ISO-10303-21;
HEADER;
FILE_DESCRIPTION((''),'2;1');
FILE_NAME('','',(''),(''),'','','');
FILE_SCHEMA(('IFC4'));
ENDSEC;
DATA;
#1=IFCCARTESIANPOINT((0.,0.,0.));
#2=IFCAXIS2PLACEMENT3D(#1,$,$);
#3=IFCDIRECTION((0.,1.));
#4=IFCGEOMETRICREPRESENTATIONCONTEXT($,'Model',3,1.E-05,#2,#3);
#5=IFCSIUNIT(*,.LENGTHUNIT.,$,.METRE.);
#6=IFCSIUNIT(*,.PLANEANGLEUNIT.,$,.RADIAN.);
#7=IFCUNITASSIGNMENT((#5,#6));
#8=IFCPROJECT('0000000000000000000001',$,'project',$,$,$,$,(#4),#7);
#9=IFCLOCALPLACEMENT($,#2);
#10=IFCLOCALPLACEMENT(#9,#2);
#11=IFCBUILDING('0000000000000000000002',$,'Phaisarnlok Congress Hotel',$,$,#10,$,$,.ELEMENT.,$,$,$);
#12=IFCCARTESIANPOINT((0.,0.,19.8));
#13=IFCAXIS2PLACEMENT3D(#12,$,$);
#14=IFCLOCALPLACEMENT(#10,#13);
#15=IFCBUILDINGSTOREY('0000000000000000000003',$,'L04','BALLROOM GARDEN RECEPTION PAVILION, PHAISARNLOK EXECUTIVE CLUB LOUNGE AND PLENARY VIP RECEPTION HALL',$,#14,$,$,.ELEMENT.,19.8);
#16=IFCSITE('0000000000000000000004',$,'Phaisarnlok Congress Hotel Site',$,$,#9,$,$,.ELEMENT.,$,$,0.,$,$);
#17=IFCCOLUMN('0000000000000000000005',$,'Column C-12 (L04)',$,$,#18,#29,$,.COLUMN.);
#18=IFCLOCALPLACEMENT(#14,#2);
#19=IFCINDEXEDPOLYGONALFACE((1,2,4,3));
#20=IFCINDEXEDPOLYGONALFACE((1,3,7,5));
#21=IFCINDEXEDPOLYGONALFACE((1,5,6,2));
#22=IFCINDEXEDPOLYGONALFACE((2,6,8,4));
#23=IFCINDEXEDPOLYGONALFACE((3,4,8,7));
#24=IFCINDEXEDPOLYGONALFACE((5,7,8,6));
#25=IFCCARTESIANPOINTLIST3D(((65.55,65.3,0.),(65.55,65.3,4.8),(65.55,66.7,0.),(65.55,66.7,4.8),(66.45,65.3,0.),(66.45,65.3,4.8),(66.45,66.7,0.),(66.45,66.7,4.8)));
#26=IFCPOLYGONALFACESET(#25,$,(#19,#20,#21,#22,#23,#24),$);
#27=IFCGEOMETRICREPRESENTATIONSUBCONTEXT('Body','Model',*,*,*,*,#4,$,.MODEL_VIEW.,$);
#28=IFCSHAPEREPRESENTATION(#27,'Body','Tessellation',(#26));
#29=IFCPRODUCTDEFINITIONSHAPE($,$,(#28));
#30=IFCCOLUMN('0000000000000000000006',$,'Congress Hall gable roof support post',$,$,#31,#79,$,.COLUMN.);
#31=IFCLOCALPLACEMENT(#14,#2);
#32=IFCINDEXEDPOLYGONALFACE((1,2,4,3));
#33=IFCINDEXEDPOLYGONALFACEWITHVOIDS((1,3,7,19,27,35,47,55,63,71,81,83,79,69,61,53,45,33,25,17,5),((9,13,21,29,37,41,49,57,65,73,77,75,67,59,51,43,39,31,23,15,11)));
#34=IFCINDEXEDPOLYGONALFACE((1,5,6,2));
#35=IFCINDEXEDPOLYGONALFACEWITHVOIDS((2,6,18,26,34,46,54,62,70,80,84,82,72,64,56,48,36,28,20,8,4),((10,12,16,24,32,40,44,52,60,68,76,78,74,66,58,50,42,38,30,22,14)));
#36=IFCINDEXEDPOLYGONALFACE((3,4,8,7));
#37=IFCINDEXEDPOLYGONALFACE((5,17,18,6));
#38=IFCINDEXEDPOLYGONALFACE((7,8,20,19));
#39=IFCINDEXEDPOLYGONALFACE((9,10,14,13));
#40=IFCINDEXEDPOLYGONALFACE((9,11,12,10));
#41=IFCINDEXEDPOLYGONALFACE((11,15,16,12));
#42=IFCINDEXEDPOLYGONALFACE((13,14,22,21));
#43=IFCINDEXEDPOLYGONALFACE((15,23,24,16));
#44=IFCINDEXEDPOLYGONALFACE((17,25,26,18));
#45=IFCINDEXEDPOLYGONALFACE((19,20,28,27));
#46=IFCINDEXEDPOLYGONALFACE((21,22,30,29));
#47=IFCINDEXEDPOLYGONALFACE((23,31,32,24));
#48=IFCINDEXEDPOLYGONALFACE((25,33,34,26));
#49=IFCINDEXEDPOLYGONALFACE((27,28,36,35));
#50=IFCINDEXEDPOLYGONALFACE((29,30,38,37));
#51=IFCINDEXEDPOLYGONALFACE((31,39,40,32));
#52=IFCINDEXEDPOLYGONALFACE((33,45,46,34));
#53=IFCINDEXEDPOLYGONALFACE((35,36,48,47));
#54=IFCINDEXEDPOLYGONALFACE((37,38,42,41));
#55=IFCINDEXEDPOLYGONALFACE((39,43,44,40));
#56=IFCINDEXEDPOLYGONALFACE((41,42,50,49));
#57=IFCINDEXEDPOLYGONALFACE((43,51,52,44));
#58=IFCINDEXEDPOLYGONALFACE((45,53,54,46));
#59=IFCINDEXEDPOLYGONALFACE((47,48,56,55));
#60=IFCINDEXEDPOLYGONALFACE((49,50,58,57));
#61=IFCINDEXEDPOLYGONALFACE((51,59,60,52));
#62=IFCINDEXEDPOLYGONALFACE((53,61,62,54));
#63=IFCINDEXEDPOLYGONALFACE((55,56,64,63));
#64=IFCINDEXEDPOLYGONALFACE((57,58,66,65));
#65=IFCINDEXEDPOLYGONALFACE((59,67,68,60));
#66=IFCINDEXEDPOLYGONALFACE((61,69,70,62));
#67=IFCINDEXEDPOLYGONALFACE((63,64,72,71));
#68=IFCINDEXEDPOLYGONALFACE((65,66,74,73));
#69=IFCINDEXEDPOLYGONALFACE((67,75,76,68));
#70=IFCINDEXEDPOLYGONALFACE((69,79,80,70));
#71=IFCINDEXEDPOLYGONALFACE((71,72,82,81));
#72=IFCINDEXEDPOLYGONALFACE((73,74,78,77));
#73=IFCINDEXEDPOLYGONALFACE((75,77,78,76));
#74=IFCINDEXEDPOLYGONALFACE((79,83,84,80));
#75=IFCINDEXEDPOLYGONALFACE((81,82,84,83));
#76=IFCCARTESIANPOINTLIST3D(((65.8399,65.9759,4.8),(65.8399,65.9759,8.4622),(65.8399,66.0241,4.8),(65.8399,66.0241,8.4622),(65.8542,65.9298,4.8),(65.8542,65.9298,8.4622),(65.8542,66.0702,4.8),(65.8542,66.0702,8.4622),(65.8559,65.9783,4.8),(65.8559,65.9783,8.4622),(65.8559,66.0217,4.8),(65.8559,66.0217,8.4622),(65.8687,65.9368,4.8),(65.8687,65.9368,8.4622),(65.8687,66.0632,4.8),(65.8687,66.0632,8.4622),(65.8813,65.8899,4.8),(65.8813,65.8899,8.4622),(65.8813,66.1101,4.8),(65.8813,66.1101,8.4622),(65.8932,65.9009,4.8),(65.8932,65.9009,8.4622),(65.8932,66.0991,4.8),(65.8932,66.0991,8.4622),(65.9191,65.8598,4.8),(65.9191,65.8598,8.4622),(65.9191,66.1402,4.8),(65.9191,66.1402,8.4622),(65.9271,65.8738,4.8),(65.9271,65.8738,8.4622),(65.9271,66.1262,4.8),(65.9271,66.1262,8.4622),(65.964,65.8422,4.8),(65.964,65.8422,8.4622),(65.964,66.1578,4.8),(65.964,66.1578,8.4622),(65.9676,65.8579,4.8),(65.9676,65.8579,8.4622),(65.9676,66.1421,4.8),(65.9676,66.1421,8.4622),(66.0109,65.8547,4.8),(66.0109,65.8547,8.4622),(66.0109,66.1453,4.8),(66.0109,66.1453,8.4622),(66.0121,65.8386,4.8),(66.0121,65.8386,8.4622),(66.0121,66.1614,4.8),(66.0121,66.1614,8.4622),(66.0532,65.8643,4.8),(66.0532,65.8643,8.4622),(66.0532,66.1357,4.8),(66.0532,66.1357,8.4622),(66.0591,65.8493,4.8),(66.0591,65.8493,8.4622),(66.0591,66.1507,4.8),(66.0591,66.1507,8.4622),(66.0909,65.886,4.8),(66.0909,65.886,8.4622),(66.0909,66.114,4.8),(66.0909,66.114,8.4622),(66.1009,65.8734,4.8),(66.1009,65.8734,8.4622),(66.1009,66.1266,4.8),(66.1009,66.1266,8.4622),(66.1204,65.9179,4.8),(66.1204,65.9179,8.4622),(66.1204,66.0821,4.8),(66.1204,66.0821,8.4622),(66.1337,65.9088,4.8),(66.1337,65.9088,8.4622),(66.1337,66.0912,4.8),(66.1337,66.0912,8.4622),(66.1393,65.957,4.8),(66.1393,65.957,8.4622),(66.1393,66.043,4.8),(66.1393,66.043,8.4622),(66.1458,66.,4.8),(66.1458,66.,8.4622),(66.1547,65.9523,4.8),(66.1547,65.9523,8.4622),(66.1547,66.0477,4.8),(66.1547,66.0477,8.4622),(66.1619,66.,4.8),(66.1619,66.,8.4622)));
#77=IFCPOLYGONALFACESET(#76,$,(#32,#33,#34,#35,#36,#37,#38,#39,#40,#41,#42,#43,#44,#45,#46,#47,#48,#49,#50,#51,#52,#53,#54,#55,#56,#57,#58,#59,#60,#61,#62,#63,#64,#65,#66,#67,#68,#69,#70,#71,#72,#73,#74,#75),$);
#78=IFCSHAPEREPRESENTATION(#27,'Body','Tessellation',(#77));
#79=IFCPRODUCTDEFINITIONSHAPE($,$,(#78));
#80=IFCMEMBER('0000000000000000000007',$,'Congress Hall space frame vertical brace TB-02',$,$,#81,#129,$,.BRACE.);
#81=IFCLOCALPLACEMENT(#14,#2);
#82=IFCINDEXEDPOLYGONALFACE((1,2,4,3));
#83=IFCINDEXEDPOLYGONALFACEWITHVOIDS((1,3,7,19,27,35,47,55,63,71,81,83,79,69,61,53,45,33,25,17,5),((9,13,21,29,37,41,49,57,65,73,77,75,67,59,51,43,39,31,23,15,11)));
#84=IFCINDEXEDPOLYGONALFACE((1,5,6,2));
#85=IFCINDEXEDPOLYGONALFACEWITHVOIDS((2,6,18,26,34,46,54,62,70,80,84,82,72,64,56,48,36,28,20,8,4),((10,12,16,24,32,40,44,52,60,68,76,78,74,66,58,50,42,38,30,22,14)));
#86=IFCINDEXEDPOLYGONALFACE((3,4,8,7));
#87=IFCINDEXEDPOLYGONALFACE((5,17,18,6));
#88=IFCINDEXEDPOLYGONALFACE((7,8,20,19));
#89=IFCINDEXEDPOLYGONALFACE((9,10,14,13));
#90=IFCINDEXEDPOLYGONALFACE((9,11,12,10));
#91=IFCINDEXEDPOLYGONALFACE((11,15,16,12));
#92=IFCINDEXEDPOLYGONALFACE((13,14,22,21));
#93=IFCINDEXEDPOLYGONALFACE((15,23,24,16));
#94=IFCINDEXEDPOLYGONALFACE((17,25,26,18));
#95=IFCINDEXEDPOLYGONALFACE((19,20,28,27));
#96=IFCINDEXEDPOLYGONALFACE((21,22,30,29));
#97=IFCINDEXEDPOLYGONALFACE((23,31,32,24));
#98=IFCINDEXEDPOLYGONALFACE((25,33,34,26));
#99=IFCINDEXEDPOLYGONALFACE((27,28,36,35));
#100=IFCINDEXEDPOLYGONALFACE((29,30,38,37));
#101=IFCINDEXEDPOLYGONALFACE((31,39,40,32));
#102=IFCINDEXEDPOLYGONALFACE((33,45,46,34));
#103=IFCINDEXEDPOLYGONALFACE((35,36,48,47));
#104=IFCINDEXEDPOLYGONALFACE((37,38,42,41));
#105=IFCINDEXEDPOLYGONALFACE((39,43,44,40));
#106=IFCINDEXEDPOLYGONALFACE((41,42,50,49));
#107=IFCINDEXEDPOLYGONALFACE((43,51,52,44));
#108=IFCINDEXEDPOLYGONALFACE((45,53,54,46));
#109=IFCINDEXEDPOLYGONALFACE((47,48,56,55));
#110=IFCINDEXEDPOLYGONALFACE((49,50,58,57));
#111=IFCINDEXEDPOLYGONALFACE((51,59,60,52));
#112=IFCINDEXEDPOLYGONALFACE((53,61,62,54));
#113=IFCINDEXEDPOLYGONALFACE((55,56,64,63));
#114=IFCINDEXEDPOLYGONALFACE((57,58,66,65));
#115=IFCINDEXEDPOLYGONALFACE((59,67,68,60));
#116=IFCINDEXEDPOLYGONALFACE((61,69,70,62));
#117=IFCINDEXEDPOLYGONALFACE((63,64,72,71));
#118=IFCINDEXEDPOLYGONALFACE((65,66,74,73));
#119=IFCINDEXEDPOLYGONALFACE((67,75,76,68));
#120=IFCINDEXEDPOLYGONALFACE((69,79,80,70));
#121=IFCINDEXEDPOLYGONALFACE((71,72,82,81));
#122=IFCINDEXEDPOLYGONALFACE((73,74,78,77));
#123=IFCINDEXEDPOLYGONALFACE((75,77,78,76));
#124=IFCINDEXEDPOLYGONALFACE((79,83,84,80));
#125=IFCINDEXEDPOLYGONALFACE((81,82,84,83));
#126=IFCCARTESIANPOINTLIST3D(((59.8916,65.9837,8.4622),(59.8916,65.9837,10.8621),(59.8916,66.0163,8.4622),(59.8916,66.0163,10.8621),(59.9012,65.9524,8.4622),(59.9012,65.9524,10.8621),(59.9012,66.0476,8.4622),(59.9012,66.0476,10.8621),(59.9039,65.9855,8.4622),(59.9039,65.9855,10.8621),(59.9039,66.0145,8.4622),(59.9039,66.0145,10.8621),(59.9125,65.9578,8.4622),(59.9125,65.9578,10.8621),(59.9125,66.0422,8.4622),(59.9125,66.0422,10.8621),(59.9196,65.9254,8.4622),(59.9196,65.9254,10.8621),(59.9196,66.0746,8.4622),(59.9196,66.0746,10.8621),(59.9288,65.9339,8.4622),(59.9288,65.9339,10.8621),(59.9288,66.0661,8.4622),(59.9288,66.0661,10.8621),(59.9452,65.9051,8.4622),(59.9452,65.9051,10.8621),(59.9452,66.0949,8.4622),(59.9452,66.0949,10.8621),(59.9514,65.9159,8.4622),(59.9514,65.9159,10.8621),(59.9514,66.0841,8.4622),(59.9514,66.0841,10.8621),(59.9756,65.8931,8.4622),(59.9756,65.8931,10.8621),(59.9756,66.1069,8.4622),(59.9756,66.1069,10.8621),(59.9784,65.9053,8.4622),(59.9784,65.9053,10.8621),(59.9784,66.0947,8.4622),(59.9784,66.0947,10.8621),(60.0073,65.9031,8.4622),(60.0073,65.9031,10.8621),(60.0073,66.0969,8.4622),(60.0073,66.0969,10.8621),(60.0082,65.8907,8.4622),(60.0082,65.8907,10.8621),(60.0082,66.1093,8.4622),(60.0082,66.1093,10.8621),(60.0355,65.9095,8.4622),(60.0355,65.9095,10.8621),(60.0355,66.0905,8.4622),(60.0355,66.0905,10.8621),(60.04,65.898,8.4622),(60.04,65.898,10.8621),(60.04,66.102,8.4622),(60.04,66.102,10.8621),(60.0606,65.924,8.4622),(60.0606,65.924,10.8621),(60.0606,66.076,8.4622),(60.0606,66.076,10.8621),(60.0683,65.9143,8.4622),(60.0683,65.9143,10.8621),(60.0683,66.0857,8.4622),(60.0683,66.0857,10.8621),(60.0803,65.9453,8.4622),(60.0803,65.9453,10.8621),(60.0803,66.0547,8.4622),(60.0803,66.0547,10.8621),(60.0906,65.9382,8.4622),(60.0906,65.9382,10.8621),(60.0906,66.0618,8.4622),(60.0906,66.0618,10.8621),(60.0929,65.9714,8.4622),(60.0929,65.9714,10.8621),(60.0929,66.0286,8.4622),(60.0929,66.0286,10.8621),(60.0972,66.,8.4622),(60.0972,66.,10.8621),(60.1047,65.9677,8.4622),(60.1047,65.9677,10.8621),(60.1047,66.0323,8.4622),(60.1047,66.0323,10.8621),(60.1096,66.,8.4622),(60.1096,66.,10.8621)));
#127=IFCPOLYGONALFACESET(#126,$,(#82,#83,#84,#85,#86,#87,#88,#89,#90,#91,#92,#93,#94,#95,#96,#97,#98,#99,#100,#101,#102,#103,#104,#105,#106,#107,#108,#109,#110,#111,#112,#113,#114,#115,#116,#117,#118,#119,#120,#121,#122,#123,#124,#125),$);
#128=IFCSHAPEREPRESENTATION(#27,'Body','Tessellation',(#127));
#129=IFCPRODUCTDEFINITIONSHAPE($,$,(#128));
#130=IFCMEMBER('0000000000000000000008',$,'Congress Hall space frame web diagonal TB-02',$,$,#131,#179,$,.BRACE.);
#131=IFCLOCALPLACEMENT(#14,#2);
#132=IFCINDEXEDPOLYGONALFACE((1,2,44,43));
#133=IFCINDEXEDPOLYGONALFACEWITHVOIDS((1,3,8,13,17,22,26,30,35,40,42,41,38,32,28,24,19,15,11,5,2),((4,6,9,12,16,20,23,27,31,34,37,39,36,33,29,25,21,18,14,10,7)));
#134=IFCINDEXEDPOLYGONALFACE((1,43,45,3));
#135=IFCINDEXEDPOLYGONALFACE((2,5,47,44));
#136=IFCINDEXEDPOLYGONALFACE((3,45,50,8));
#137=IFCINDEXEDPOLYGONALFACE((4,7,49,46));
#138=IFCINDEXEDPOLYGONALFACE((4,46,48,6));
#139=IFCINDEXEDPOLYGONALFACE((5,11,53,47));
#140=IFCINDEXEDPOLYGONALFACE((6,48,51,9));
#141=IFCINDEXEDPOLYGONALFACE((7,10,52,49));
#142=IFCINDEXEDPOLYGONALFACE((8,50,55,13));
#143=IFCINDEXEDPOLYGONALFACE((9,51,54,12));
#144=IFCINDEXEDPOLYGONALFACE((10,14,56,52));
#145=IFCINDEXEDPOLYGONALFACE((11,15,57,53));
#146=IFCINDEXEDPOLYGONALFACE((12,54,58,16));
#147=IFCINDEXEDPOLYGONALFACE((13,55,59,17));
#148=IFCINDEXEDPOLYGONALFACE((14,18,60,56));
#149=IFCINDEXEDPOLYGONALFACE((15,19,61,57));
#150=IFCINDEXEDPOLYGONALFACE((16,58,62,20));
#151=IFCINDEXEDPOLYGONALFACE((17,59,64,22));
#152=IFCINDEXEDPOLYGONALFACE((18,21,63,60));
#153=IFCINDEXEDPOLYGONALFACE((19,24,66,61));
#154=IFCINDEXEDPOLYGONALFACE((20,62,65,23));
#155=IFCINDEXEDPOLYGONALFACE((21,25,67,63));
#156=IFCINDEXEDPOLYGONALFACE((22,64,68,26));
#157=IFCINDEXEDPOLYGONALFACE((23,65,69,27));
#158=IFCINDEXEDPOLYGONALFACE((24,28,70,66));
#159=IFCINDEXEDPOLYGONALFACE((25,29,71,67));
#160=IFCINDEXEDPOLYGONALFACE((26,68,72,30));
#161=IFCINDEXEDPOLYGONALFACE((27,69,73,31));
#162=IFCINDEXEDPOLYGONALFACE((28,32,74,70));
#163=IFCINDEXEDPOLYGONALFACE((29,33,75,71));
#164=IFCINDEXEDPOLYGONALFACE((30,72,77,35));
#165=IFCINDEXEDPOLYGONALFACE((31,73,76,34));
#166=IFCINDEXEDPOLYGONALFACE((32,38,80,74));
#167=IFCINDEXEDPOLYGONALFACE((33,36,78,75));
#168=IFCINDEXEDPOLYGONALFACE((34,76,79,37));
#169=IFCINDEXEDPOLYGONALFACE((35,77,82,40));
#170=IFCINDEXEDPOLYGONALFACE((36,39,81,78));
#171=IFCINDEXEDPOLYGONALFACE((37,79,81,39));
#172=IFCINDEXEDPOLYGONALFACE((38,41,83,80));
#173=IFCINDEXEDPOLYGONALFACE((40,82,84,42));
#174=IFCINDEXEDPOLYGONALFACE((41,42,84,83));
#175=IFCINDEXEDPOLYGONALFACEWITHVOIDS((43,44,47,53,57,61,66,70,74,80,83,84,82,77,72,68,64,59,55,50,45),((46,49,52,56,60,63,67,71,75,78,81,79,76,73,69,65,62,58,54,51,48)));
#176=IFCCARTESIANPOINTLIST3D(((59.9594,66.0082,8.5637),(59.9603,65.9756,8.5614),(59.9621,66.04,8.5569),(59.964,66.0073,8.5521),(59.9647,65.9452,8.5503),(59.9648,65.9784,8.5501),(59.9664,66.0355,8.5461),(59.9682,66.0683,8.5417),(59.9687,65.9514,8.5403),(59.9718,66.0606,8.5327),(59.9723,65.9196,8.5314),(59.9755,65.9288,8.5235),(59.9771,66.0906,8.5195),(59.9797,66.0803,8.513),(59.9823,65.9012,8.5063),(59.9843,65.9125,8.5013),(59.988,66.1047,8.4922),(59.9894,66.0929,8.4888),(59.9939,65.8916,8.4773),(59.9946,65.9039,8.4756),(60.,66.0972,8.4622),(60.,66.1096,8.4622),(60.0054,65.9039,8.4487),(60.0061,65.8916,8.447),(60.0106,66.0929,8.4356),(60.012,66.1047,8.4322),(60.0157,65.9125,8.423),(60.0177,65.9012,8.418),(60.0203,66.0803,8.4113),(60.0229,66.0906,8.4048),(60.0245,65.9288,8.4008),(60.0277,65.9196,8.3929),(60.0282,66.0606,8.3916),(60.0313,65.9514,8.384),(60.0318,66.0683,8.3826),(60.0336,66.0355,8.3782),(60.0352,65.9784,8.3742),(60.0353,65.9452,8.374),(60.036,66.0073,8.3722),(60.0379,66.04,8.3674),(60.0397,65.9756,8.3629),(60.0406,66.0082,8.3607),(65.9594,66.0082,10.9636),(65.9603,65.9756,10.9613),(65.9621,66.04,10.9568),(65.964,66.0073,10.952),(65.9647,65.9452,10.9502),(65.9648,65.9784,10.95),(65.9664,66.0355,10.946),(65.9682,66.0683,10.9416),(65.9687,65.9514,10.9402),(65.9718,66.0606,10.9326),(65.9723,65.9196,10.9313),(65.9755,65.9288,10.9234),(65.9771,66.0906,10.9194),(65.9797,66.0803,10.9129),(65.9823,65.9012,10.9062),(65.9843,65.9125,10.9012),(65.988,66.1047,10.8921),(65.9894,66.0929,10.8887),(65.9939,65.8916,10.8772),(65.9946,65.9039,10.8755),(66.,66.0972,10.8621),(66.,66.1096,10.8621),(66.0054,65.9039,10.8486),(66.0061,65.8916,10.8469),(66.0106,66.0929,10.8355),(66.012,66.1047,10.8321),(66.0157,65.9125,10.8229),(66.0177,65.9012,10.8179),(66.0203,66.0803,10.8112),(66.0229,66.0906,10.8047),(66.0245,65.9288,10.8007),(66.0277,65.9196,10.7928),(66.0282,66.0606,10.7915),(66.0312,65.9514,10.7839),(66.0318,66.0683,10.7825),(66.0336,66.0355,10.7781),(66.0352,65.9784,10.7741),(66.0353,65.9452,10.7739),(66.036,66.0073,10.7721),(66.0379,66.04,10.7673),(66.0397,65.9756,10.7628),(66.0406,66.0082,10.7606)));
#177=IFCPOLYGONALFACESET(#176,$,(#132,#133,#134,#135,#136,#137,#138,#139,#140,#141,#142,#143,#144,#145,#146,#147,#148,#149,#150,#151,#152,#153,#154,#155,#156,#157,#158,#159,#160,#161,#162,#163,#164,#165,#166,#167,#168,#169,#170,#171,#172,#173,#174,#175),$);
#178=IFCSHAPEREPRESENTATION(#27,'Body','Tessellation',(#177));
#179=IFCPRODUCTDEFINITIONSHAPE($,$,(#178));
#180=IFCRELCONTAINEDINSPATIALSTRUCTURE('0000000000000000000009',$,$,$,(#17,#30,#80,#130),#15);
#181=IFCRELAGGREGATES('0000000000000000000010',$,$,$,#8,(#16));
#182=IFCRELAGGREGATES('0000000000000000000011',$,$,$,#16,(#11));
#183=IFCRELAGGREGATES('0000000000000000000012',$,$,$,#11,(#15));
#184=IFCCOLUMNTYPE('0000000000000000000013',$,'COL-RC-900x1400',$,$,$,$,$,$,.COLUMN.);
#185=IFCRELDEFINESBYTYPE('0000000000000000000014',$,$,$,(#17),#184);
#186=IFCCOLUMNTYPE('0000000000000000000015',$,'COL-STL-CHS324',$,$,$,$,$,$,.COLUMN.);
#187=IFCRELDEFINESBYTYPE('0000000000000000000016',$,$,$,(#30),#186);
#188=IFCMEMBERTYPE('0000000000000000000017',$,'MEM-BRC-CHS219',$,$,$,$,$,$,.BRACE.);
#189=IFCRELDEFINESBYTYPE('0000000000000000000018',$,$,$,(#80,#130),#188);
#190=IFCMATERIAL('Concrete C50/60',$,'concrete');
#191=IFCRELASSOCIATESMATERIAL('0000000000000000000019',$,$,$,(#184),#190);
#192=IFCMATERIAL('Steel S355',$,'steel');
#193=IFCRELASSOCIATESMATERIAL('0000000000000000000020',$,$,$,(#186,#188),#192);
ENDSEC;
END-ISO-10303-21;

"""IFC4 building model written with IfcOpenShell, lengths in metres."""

from ifc_helpers import new_model, si_unit, direction, frame, origin, origin_2d, place, context, subcontext, project, spatial, rectangle, hollow_circle, extrude, material, material_profile, profile_set, type_object, element, save


model = new_model("IFC4")

# Units and contexts
model_context = context("Model", 3, precision=1e-05, world=origin(), true_north=direction((0.0, 1.0)))
body_context = subcontext(model_context, "Body", "Model", "MODEL_VIEW")
ifc_project = project(units=[si_unit("LENGTHUNIT", "METRE"), si_unit("PLANEANGLEUNIT", "RADIAN")], contexts=[model_context])

# Site, building, storey
site_placement = place(None, origin())
site = spatial("IfcSite", under=ifc_project, at=site_placement, Name="Phaisarnlok Congress Hotel Site", CompositionType="ELEMENT", RefElevation=0.0)
building_placement = place(site_placement, origin())
building = spatial("IfcBuilding", under=site, at=building_placement, Name="Phaisarnlok Congress Hotel", CompositionType="ELEMENT")
storey_placement = place(building_placement, frame((0.0, 0.0, 19.8)))
storey = spatial("IfcBuildingStorey", under=building, at=storey_placement, Name="L04", Description="BALLROOM GARDEN RECEPTION PAVILION, PHAISARNLOK EXECUTIVE CLUB LOUNGE AND PLENARY VIP RECEPTION HALL", CompositionType="ELEMENT", Elevation=19.8)

# Columns
ifc_material_1 = material(Name="Concrete C50/60", Category="concrete")
ifc_material_profile_1 = material_profile(ifc_material_1, rectangle(XDim=0.8999, YDim=1.3999, at=origin_2d()), Name="RC 900x1400")
ifc_profile_set_1 = profile_set([ifc_material_profile_1], Name="Concrete C50/60")
column_type_1 = type_object("IfcColumnType", Name="COL-RC-900x1400", PredefinedType="COLUMN", material=ifc_profile_set_1)
column_1_placement = place(storey_placement, frame((66.0, 66.0, 0.0), z_axis=(0.0, 0.0, 1.0), x_axis=(1.0, 0.0, 0.0)))
element("IfcColumn", 1, at=column_1_placement, inside=storey, type_object=column_type_1, Name="Column C-12 (L04)", PredefinedType="COLUMN", context=body_context, shape_type="SweptSolid", body=[
    extrude(rectangle(XDim=0.8999, YDim=1.3999, at=origin_2d()), origin(), (0.0, 0.0, 1.0), 4.8),
])
ifc_material_2 = material(Name="Steel S355", Category="steel")
ifc_material_profile_2 = material_profile(ifc_material_2, hollow_circle(Radius=0.1619, WallThickness=0.0161, at=origin_2d()), Name="CHS 323.9x16")
ifc_profile_set_2 = profile_set([ifc_material_profile_2], Name="Steel S355")
column_type_2 = type_object("IfcColumnType", Name="COL-STL-CHS324", PredefinedType="COLUMN", material=ifc_profile_set_2)
column_2_placement = place(storey_placement, frame((66.0, 66.0, 4.8), z_axis=(0.0, 0.0, 1.0), x_axis=(1.0, 0.0, 0.0)))
element("IfcColumn", 2, at=column_2_placement, inside=storey, type_object=column_type_2, Name="Congress Hall gable roof support post", PredefinedType="COLUMN", context=body_context, shape_type="SweptSolid", body=[
    extrude(hollow_circle(Radius=0.1619, WallThickness=0.0161, at=origin_2d()), origin(), (0.0, 0.0, 1.0), 3.6621),
])

# Members
ifc_material_profile_3 = material_profile(ifc_material_2, hollow_circle(Radius=0.1096, WallThickness=0.0125, at=origin_2d()), Name="CHS 219.1x12.5")
ifc_profile_set_3 = profile_set([ifc_material_profile_3], Name="Steel S355")
member_type_1 = type_object("IfcMemberType", Name="MEM-BRC-CHS219", PredefinedType="BRACE", material=ifc_profile_set_3)
member_1_placement = place(storey_placement, frame((60.0, 66.0, 8.4622), z_axis=(0.0, 0.0, 1.0), x_axis=(1.0, 0.0, 0.0)))
element("IfcMember", 3, at=member_1_placement, inside=storey, type_object=member_type_1, Name="Congress Hall space frame vertical brace TB-02", PredefinedType="BRACE", context=body_context, shape_type="SweptSolid", body=[
    extrude(hollow_circle(Radius=0.1096, WallThickness=0.0125, at=origin_2d()), origin(), (0.0, 0.0, 1.0), 2.3999),
])
member_2_placement = place(storey_placement, frame((60.0, 66.0, 8.4622), z_axis=(0.928482, 0.0, 0.371378), x_axis=(0.0, 1.0, 0.0)))
element("IfcMember", 4, at=member_2_placement, inside=storey, type_object=member_type_1, Name="Congress Hall space frame web diagonal TB-02", PredefinedType="BRACE", context=body_context, shape_type="SweptSolid", body=[
    extrude(hollow_circle(Radius=0.1096, WallThickness=0.0125, at=origin_2d()), origin(), (0.0, 0.0, 1.0), 6.4622),
])

save(model, "model.ifc")
